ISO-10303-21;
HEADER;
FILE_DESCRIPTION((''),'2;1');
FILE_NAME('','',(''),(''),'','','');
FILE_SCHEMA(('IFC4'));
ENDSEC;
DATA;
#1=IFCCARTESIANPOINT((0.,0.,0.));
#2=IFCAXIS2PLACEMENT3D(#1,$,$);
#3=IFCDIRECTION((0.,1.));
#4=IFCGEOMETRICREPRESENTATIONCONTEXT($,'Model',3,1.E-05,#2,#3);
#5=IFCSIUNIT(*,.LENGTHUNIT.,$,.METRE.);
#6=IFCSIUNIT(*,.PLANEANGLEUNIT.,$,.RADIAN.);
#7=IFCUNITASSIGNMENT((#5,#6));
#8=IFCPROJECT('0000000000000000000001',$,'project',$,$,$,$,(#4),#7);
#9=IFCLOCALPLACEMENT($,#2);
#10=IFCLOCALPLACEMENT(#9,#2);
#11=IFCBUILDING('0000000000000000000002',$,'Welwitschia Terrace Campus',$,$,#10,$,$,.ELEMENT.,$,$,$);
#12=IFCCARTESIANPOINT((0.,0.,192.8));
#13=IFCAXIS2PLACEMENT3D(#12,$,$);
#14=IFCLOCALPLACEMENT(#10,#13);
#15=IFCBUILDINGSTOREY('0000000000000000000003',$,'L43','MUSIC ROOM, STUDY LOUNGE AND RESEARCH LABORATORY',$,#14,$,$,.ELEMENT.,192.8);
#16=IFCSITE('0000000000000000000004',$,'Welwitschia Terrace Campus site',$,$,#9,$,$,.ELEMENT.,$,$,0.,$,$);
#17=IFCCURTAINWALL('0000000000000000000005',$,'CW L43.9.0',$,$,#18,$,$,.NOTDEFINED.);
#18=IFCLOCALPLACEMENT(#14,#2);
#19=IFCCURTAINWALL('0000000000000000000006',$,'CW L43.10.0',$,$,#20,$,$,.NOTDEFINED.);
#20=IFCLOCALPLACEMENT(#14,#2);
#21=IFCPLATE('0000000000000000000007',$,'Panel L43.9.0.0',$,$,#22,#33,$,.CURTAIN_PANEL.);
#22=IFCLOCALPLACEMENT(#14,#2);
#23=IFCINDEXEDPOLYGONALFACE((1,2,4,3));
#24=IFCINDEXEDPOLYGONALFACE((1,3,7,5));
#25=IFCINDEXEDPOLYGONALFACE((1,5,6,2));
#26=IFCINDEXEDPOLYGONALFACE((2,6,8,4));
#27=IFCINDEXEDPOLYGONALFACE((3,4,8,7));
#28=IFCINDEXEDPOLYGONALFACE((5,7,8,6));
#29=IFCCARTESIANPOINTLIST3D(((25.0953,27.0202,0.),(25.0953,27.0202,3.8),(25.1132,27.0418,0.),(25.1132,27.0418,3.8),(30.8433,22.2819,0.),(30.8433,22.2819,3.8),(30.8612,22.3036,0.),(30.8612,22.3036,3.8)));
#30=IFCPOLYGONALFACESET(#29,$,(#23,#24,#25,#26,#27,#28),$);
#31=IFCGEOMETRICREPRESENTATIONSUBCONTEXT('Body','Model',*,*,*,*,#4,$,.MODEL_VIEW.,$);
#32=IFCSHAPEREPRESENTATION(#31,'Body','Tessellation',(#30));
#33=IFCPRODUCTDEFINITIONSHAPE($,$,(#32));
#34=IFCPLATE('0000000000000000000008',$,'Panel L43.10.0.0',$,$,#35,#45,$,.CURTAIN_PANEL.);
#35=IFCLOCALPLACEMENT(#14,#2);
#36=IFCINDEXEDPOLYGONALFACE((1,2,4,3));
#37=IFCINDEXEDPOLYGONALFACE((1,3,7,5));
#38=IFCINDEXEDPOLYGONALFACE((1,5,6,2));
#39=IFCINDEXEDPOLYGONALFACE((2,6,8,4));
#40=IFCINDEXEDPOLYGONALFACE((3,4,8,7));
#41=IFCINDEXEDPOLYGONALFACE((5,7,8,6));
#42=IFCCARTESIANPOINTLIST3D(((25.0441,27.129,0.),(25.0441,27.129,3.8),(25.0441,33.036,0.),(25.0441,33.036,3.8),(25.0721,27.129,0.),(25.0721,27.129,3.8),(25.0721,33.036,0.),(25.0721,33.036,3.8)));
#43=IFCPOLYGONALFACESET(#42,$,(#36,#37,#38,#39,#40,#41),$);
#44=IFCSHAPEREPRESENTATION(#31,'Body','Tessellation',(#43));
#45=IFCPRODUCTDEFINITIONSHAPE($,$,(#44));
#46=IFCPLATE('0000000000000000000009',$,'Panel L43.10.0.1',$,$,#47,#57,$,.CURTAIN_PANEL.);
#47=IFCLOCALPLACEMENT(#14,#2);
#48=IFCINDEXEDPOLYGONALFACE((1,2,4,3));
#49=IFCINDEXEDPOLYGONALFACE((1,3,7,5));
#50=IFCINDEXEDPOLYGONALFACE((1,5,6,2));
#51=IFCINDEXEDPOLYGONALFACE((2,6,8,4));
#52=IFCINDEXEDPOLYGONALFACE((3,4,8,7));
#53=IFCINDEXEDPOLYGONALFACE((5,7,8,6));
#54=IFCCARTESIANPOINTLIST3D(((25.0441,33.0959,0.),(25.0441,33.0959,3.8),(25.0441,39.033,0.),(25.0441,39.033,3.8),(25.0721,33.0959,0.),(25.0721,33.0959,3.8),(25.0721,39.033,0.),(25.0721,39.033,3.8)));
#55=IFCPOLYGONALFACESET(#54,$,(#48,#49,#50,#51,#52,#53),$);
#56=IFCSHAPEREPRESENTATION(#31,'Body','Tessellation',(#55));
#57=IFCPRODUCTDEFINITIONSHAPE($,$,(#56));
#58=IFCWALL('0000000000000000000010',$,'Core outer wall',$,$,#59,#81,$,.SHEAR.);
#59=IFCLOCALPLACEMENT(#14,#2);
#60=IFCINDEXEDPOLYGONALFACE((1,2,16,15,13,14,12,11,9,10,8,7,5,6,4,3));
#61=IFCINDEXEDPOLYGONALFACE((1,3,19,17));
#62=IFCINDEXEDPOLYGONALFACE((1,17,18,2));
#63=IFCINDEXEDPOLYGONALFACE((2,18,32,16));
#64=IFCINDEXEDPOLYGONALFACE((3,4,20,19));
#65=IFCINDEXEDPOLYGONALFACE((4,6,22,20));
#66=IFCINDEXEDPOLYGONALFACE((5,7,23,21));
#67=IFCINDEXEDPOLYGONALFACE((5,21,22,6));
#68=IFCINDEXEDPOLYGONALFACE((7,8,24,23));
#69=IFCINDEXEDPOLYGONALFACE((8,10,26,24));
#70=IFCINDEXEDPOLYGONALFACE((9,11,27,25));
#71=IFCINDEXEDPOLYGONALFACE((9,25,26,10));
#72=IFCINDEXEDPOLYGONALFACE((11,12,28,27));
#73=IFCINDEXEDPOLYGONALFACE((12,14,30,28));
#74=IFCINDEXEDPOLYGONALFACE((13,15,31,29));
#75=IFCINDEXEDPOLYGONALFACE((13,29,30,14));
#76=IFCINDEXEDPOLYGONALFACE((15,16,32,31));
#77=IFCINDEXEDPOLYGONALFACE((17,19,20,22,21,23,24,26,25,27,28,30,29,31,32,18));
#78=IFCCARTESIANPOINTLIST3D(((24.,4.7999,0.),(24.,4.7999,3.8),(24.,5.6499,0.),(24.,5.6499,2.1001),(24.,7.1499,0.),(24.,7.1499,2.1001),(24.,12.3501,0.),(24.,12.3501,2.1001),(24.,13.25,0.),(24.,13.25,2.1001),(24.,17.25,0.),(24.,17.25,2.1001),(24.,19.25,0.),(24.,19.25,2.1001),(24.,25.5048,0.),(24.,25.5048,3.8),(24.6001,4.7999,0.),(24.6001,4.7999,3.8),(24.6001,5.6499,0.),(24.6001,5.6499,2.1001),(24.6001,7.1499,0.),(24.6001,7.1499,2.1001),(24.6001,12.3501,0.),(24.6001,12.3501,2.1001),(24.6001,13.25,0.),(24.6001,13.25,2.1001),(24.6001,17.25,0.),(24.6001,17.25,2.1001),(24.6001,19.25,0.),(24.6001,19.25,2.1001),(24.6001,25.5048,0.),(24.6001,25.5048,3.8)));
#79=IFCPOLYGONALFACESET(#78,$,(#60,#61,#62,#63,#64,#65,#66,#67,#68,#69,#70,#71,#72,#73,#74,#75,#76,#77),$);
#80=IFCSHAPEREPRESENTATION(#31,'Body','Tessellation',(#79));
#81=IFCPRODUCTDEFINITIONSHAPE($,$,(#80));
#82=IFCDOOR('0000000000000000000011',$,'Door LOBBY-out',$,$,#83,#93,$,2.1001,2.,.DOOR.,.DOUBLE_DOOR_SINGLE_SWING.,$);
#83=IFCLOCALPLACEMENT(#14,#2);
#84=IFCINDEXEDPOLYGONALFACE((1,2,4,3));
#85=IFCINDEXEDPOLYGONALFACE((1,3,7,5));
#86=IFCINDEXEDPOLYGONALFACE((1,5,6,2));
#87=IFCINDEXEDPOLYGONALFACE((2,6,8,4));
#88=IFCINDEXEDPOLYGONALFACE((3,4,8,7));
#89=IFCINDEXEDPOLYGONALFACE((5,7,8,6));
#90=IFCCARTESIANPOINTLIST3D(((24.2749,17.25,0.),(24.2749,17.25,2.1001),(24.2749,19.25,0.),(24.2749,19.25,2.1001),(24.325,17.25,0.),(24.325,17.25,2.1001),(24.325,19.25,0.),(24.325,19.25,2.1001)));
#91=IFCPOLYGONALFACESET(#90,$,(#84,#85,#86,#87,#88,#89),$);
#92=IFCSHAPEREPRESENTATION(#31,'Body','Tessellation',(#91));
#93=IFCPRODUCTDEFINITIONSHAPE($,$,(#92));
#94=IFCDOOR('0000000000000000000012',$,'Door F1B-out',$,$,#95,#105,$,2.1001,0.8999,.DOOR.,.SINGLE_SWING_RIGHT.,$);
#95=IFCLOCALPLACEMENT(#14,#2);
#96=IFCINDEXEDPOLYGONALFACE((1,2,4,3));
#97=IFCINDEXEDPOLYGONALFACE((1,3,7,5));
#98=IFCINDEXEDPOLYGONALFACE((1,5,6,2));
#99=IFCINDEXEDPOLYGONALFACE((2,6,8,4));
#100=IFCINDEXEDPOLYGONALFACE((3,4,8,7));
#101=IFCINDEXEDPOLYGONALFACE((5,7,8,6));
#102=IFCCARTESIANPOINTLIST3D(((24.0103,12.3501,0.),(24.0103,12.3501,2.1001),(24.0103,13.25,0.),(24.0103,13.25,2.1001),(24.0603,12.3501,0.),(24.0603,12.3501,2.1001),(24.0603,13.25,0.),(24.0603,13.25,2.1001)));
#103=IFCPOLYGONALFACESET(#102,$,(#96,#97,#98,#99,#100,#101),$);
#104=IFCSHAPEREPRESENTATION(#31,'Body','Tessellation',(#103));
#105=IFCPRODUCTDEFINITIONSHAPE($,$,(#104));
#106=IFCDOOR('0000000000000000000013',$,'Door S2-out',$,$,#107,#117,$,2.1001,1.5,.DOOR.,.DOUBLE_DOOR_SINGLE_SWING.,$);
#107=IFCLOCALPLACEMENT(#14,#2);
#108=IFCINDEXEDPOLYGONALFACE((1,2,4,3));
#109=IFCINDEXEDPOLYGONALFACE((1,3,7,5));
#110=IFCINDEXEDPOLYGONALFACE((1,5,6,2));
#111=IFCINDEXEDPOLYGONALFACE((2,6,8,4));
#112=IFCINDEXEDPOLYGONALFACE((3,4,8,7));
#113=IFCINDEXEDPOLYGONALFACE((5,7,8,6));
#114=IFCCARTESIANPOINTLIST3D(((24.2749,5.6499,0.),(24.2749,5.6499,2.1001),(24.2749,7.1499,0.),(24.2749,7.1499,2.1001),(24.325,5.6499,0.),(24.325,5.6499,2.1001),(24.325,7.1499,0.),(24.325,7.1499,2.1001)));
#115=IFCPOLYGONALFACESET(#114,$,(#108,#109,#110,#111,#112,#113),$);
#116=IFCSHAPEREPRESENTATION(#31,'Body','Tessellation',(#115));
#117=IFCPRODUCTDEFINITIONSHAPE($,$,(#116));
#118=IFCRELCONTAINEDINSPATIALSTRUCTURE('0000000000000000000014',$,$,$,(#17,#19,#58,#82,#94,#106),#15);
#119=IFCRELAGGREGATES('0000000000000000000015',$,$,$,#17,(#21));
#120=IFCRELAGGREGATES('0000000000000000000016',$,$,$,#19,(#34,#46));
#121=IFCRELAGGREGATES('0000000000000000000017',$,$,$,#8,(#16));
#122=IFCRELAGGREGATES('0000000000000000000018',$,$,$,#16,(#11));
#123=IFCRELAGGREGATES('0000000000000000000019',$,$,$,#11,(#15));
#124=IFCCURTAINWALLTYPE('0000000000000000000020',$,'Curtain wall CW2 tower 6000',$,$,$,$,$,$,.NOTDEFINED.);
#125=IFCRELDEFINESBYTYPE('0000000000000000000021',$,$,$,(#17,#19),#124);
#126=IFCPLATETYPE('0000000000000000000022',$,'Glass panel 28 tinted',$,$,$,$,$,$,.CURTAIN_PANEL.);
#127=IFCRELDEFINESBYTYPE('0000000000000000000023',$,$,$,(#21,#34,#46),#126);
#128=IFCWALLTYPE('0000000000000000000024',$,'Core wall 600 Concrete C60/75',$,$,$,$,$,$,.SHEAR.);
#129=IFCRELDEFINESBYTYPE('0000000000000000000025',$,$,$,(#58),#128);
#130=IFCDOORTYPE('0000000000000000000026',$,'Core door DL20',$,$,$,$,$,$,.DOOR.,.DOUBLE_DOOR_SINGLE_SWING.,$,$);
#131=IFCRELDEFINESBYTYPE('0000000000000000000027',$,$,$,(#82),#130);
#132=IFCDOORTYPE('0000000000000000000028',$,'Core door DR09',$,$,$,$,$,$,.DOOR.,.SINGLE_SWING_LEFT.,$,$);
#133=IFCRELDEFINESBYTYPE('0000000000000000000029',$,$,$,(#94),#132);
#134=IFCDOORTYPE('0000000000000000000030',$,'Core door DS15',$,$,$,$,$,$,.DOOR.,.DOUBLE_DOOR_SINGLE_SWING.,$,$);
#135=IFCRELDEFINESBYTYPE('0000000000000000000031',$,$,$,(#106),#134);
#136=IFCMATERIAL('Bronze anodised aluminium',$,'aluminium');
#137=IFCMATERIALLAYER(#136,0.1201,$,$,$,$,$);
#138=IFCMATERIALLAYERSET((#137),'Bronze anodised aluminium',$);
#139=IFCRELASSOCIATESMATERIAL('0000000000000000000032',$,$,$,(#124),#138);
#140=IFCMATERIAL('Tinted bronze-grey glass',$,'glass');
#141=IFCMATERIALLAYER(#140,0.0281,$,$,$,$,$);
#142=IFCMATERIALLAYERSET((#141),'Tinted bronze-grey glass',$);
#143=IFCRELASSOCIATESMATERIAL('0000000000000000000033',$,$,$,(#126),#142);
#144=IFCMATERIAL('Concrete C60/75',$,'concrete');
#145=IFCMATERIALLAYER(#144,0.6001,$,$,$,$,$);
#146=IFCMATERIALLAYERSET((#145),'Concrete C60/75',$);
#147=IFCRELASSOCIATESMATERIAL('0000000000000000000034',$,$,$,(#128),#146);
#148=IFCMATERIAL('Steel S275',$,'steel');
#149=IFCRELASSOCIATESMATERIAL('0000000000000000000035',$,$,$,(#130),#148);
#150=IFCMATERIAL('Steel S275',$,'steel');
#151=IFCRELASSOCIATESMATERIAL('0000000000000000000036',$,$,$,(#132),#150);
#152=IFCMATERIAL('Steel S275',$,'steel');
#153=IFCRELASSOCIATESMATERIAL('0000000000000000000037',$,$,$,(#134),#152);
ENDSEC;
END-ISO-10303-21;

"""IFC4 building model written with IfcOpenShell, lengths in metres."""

from ifc_helpers import new_model, si_unit, direction, frame, frame_2d, origin, origin_2d, place, context, subcontext, project, spatial, rectangle, extrude, material, layer, layer_set, type_object, element, fill, aggregate, save


model = new_model("IFC4")

# Units and contexts
model_context = context("Model", 3, precision=1e-05, world=origin(), true_north=direction((0.0, 1.0)))
body_context = subcontext(model_context, "Body", "Model", "MODEL_VIEW")
ifc_project = project(units=[si_unit("LENGTHUNIT", "METRE"), si_unit("PLANEANGLEUNIT", "RADIAN")], contexts=[model_context])

# Site, building, storey
site_placement = place(None, origin())
site = spatial("IfcSite", under=ifc_project, at=site_placement, Name="Welwitschia Terrace Campus site", CompositionType="ELEMENT", RefElevation=0.0)
building_placement = place(site_placement, origin())
building = spatial("IfcBuilding", under=site, at=building_placement, Name="Welwitschia Terrace Campus", CompositionType="ELEMENT")
storey_placement = place(building_placement, frame((0.0, 0.0, 192.8)))
storey = spatial("IfcBuildingStorey", under=building, at=storey_placement, Name="L43", Description="MUSIC ROOM, STUDY LOUNGE AND RESEARCH LABORATORY", CompositionType="ELEMENT", Elevation=192.8)

# Shared definitions
ifc_material_1 = material(Name="Bronze anodised aluminium", Category="aluminium")
ifc_layer_1 = layer(ifc_material_1, 0.1201)
ifc_layer_set_1 = layer_set([ifc_layer_1], Name="Bronze anodised aluminium")
curtain_wall_type = type_object("IfcCurtainWallType", Name="Curtain wall CW2 tower 6000", PredefinedType="NOTDEFINED", material=ifc_layer_set_1)

# Curtain walls
curtain_wall_1_placement = place(storey_placement, origin())
curtain_wall_1 = element("IfcCurtainWall", 1, at=curtain_wall_1_placement, inside=storey, type_object=curtain_wall_type, Name="CW L43.9.0", PredefinedType="NOTDEFINED")
curtain_wall_2_placement = place(storey_placement, origin())
curtain_wall_2 = element("IfcCurtainWall", 2, at=curtain_wall_2_placement, inside=storey, type_object=curtain_wall_type, Name="CW L43.10.0", PredefinedType="NOTDEFINED")

# Plates
ifc_material_2 = material(Name="Tinted bronze-grey glass", Category="glass")
ifc_layer_2 = layer(ifc_material_2, 0.0281)
ifc_layer_set_2 = layer_set([ifc_layer_2], Name="Tinted bronze-grey glass")
plate_type = type_object("IfcPlateType", Name="Glass panel 28 tinted", PredefinedType="CURTAIN_PANEL", material=ifc_layer_set_2)
plate_1_placement = place(storey_placement, frame((27.9783, 24.6619, 0.0), z_axis=(0.0, 0.0, 1.0), x_axis=(-0.771625, 0.636078, 0.0)))
plate_1 = element("IfcPlate", 3, at=plate_1_placement, type_object=plate_type, Name="Panel L43.9.0.0", PredefinedType="CURTAIN_PANEL", context=body_context, shape_type="SweptSolid", body=[
    extrude(rectangle(XDim=7.4492, YDim=0.0281, at=origin_2d()), origin(), (0.0, 0.0, 1.0), 3.8),
])
aggregate(curtain_wall_1, [plate_1])
plate_2_placement = place(storey_placement, frame((25.0581, 30.0825, 0.0), z_axis=(0.0, 0.0, 1.0), x_axis=(0.0, 1.0, 0.0)))
plate_2 = element("IfcPlate", 4, at=plate_2_placement, type_object=plate_type, Name="Panel L43.10.0.0", PredefinedType="CURTAIN_PANEL", context=body_context, shape_type="SweptSolid", body=[
    extrude(rectangle(XDim=5.907, YDim=0.0281, at=origin_2d()), origin(), (0.0, 0.0, 1.0), 3.8),
])
plate_3_placement = place(storey_placement, frame((25.0581, 36.0645, 0.0), z_axis=(0.0, 0.0, 1.0), x_axis=(0.0, 1.0, 0.0)))
plate_3 = element("IfcPlate", 5, at=plate_3_placement, type_object=plate_type, Name="Panel L43.10.0.1", PredefinedType="CURTAIN_PANEL", context=body_context, shape_type="SweptSolid", body=[
    extrude(rectangle(XDim=5.937, YDim=0.0281, at=origin_2d()), origin(), (0.0, 0.0, 1.0), 3.8),
])
aggregate(curtain_wall_2, [plate_2, plate_3])

# Wall, openings, doors
ifc_material_3 = material(Name="Concrete C60/75", Category="concrete")
ifc_layer_3 = layer(ifc_material_3, 0.6001)
ifc_layer_set_3 = layer_set([ifc_layer_3], Name="Concrete C60/75")
wall_type = type_object("IfcWallType", Name="Core wall 600 Concrete C60/75", PredefinedType="SHEAR", material=ifc_layer_set_3)
wall_placement = place(storey_placement, frame((24.3, 25.5049, 0.0), z_axis=(0.0, 0.0, 1.0), x_axis=(0.0, -1.0, 0.0)))
wall = element("IfcWall", 6, at=wall_placement, inside=storey, type_object=wall_type, Name="Core outer wall", PredefinedType="SHEAR", context=body_context, shape_type="SweptSolid", body=[
    extrude(rectangle(XDim=20.7048, YDim=0.6001, at=frame_2d((10.3525, 0.0))), origin(), (0.0, 0.0, 1.0), 3.8),
])
opening_1_placement = place(wall_placement, frame((18.355, 0.0, 0.0)))
opening_1 = element("IfcOpeningElement", 7, at=opening_1_placement, cuts=wall, PredefinedType="OPENING", context=body_context, shape_type="SweptSolid", body=[
    extrude(rectangle(XDim=1.5, YDim=2.1001, at=frame_2d((0.75, 1.05))), frame((0.0, 0.3101, 0.0), z_axis=(0.0, -1.0, 0.0), x_axis=(1.0, 0.0, 0.0)), (0.0, 0.0, 1.0), 0.6201),
])
opening_2_placement = place(wall_placement, frame((12.2549, 0.0, 0.0)))
opening_2 = element("IfcOpeningElement", 8, at=opening_2_placement, cuts=wall, PredefinedType="OPENING", context=body_context, shape_type="SweptSolid", body=[
    extrude(rectangle(XDim=0.8999, YDim=2.1001, at=frame_2d((0.45, 1.05))), frame((0.0, 0.3101, 0.0), z_axis=(0.0, -1.0, 0.0), x_axis=(1.0, 0.0, 0.0)), (0.0, 0.0, 1.0), 0.6201),
])
opening_3_placement = place(wall_placement, frame((6.2549, 0.0, 0.0)))
opening_3 = element("IfcOpeningElement", 9, at=opening_3_placement, cuts=wall, PredefinedType="OPENING", context=body_context, shape_type="SweptSolid", body=[
    extrude(rectangle(XDim=2.0, YDim=2.1001, at=frame_2d((1.0, 1.05))), frame((0.0, 0.3101, 0.0), z_axis=(0.0, -1.0, 0.0), x_axis=(1.0, 0.0, 0.0)), (0.0, 0.0, 1.0), 0.6201),
])
ifc_material_4 = material(Name="Steel S275", Category="steel")
door_type_1 = type_object("IfcDoorType", Name="Core door DL20", OperationType="DOUBLE_DOOR_SINGLE_SWING", PredefinedType="DOOR", material=ifc_material_4)
door_1_placement = place(opening_3_placement, origin())
door_1 = element("IfcDoor", 10, at=door_1_placement, inside=storey, type_object=door_type_1, Name="Door LOBBY-out", OperationType="DOUBLE_DOOR_SINGLE_SWING", OverallHeight=2.1001, OverallWidth=2.0, PredefinedType="DOOR", context=body_context, shape_type="SweptSolid", body=[
    extrude(rectangle(XDim=2.0, YDim=2.1001, at=frame_2d((1.0, 1.05))), frame((0.0, 0.0249, 0.0), z_axis=(0.0, -1.0, 0.0), x_axis=(1.0, 0.0, 0.0)), (0.0, 0.0, 1.0), 0.05),
])
fill(opening_3, door_1)
ifc_material_5 = material(Name="Steel S275", Category="steel")
door_type_2 = type_object("IfcDoorType", Name="Core door DR09", OperationType="SINGLE_SWING_LEFT", PredefinedType="DOOR", material=ifc_material_5)
door_2_placement = place(opening_2_placement, origin())
door_2 = element("IfcDoor", 11, at=door_2_placement, inside=storey, type_object=door_type_2, Name="Door F1B-out", OperationType="SINGLE_SWING_RIGHT", OverallHeight=2.1001, OverallWidth=0.8999, PredefinedType="DOOR", context=body_context, shape_type="SweptSolid", body=[
    extrude(rectangle(XDim=0.8999, YDim=2.1001, at=frame_2d((0.45, 1.05))), frame((0.0, -0.2397, 0.0), z_axis=(0.0, -1.0, 0.0), x_axis=(1.0, 0.0, 0.0)), (0.0, 0.0, 1.0), 0.05),
])
fill(opening_2, door_2)
ifc_material_6 = material(Name="Steel S275", Category="steel")
door_type_3 = type_object("IfcDoorType", Name="Core door DS15", OperationType="DOUBLE_DOOR_SINGLE_SWING", PredefinedType="DOOR", material=ifc_material_6)
door_3_placement = place(opening_1_placement, origin())
door_3 = element("IfcDoor", 12, at=door_3_placement, inside=storey, type_object=door_type_3, Name="Door S2-out", OperationType="DOUBLE_DOOR_SINGLE_SWING", OverallHeight=2.1001, OverallWidth=1.5, PredefinedType="DOOR", context=body_context, shape_type="SweptSolid", body=[
    extrude(rectangle(XDim=1.5, YDim=2.1001, at=frame_2d((0.75, 1.05))), frame((0.0, 0.0249, 0.0), z_axis=(0.0, -1.0, 0.0), x_axis=(1.0, 0.0, 0.0)), (0.0, 0.0, 1.0), 0.05),
])
fill(opening_1, door_3)

save(model, "model.ifc")
